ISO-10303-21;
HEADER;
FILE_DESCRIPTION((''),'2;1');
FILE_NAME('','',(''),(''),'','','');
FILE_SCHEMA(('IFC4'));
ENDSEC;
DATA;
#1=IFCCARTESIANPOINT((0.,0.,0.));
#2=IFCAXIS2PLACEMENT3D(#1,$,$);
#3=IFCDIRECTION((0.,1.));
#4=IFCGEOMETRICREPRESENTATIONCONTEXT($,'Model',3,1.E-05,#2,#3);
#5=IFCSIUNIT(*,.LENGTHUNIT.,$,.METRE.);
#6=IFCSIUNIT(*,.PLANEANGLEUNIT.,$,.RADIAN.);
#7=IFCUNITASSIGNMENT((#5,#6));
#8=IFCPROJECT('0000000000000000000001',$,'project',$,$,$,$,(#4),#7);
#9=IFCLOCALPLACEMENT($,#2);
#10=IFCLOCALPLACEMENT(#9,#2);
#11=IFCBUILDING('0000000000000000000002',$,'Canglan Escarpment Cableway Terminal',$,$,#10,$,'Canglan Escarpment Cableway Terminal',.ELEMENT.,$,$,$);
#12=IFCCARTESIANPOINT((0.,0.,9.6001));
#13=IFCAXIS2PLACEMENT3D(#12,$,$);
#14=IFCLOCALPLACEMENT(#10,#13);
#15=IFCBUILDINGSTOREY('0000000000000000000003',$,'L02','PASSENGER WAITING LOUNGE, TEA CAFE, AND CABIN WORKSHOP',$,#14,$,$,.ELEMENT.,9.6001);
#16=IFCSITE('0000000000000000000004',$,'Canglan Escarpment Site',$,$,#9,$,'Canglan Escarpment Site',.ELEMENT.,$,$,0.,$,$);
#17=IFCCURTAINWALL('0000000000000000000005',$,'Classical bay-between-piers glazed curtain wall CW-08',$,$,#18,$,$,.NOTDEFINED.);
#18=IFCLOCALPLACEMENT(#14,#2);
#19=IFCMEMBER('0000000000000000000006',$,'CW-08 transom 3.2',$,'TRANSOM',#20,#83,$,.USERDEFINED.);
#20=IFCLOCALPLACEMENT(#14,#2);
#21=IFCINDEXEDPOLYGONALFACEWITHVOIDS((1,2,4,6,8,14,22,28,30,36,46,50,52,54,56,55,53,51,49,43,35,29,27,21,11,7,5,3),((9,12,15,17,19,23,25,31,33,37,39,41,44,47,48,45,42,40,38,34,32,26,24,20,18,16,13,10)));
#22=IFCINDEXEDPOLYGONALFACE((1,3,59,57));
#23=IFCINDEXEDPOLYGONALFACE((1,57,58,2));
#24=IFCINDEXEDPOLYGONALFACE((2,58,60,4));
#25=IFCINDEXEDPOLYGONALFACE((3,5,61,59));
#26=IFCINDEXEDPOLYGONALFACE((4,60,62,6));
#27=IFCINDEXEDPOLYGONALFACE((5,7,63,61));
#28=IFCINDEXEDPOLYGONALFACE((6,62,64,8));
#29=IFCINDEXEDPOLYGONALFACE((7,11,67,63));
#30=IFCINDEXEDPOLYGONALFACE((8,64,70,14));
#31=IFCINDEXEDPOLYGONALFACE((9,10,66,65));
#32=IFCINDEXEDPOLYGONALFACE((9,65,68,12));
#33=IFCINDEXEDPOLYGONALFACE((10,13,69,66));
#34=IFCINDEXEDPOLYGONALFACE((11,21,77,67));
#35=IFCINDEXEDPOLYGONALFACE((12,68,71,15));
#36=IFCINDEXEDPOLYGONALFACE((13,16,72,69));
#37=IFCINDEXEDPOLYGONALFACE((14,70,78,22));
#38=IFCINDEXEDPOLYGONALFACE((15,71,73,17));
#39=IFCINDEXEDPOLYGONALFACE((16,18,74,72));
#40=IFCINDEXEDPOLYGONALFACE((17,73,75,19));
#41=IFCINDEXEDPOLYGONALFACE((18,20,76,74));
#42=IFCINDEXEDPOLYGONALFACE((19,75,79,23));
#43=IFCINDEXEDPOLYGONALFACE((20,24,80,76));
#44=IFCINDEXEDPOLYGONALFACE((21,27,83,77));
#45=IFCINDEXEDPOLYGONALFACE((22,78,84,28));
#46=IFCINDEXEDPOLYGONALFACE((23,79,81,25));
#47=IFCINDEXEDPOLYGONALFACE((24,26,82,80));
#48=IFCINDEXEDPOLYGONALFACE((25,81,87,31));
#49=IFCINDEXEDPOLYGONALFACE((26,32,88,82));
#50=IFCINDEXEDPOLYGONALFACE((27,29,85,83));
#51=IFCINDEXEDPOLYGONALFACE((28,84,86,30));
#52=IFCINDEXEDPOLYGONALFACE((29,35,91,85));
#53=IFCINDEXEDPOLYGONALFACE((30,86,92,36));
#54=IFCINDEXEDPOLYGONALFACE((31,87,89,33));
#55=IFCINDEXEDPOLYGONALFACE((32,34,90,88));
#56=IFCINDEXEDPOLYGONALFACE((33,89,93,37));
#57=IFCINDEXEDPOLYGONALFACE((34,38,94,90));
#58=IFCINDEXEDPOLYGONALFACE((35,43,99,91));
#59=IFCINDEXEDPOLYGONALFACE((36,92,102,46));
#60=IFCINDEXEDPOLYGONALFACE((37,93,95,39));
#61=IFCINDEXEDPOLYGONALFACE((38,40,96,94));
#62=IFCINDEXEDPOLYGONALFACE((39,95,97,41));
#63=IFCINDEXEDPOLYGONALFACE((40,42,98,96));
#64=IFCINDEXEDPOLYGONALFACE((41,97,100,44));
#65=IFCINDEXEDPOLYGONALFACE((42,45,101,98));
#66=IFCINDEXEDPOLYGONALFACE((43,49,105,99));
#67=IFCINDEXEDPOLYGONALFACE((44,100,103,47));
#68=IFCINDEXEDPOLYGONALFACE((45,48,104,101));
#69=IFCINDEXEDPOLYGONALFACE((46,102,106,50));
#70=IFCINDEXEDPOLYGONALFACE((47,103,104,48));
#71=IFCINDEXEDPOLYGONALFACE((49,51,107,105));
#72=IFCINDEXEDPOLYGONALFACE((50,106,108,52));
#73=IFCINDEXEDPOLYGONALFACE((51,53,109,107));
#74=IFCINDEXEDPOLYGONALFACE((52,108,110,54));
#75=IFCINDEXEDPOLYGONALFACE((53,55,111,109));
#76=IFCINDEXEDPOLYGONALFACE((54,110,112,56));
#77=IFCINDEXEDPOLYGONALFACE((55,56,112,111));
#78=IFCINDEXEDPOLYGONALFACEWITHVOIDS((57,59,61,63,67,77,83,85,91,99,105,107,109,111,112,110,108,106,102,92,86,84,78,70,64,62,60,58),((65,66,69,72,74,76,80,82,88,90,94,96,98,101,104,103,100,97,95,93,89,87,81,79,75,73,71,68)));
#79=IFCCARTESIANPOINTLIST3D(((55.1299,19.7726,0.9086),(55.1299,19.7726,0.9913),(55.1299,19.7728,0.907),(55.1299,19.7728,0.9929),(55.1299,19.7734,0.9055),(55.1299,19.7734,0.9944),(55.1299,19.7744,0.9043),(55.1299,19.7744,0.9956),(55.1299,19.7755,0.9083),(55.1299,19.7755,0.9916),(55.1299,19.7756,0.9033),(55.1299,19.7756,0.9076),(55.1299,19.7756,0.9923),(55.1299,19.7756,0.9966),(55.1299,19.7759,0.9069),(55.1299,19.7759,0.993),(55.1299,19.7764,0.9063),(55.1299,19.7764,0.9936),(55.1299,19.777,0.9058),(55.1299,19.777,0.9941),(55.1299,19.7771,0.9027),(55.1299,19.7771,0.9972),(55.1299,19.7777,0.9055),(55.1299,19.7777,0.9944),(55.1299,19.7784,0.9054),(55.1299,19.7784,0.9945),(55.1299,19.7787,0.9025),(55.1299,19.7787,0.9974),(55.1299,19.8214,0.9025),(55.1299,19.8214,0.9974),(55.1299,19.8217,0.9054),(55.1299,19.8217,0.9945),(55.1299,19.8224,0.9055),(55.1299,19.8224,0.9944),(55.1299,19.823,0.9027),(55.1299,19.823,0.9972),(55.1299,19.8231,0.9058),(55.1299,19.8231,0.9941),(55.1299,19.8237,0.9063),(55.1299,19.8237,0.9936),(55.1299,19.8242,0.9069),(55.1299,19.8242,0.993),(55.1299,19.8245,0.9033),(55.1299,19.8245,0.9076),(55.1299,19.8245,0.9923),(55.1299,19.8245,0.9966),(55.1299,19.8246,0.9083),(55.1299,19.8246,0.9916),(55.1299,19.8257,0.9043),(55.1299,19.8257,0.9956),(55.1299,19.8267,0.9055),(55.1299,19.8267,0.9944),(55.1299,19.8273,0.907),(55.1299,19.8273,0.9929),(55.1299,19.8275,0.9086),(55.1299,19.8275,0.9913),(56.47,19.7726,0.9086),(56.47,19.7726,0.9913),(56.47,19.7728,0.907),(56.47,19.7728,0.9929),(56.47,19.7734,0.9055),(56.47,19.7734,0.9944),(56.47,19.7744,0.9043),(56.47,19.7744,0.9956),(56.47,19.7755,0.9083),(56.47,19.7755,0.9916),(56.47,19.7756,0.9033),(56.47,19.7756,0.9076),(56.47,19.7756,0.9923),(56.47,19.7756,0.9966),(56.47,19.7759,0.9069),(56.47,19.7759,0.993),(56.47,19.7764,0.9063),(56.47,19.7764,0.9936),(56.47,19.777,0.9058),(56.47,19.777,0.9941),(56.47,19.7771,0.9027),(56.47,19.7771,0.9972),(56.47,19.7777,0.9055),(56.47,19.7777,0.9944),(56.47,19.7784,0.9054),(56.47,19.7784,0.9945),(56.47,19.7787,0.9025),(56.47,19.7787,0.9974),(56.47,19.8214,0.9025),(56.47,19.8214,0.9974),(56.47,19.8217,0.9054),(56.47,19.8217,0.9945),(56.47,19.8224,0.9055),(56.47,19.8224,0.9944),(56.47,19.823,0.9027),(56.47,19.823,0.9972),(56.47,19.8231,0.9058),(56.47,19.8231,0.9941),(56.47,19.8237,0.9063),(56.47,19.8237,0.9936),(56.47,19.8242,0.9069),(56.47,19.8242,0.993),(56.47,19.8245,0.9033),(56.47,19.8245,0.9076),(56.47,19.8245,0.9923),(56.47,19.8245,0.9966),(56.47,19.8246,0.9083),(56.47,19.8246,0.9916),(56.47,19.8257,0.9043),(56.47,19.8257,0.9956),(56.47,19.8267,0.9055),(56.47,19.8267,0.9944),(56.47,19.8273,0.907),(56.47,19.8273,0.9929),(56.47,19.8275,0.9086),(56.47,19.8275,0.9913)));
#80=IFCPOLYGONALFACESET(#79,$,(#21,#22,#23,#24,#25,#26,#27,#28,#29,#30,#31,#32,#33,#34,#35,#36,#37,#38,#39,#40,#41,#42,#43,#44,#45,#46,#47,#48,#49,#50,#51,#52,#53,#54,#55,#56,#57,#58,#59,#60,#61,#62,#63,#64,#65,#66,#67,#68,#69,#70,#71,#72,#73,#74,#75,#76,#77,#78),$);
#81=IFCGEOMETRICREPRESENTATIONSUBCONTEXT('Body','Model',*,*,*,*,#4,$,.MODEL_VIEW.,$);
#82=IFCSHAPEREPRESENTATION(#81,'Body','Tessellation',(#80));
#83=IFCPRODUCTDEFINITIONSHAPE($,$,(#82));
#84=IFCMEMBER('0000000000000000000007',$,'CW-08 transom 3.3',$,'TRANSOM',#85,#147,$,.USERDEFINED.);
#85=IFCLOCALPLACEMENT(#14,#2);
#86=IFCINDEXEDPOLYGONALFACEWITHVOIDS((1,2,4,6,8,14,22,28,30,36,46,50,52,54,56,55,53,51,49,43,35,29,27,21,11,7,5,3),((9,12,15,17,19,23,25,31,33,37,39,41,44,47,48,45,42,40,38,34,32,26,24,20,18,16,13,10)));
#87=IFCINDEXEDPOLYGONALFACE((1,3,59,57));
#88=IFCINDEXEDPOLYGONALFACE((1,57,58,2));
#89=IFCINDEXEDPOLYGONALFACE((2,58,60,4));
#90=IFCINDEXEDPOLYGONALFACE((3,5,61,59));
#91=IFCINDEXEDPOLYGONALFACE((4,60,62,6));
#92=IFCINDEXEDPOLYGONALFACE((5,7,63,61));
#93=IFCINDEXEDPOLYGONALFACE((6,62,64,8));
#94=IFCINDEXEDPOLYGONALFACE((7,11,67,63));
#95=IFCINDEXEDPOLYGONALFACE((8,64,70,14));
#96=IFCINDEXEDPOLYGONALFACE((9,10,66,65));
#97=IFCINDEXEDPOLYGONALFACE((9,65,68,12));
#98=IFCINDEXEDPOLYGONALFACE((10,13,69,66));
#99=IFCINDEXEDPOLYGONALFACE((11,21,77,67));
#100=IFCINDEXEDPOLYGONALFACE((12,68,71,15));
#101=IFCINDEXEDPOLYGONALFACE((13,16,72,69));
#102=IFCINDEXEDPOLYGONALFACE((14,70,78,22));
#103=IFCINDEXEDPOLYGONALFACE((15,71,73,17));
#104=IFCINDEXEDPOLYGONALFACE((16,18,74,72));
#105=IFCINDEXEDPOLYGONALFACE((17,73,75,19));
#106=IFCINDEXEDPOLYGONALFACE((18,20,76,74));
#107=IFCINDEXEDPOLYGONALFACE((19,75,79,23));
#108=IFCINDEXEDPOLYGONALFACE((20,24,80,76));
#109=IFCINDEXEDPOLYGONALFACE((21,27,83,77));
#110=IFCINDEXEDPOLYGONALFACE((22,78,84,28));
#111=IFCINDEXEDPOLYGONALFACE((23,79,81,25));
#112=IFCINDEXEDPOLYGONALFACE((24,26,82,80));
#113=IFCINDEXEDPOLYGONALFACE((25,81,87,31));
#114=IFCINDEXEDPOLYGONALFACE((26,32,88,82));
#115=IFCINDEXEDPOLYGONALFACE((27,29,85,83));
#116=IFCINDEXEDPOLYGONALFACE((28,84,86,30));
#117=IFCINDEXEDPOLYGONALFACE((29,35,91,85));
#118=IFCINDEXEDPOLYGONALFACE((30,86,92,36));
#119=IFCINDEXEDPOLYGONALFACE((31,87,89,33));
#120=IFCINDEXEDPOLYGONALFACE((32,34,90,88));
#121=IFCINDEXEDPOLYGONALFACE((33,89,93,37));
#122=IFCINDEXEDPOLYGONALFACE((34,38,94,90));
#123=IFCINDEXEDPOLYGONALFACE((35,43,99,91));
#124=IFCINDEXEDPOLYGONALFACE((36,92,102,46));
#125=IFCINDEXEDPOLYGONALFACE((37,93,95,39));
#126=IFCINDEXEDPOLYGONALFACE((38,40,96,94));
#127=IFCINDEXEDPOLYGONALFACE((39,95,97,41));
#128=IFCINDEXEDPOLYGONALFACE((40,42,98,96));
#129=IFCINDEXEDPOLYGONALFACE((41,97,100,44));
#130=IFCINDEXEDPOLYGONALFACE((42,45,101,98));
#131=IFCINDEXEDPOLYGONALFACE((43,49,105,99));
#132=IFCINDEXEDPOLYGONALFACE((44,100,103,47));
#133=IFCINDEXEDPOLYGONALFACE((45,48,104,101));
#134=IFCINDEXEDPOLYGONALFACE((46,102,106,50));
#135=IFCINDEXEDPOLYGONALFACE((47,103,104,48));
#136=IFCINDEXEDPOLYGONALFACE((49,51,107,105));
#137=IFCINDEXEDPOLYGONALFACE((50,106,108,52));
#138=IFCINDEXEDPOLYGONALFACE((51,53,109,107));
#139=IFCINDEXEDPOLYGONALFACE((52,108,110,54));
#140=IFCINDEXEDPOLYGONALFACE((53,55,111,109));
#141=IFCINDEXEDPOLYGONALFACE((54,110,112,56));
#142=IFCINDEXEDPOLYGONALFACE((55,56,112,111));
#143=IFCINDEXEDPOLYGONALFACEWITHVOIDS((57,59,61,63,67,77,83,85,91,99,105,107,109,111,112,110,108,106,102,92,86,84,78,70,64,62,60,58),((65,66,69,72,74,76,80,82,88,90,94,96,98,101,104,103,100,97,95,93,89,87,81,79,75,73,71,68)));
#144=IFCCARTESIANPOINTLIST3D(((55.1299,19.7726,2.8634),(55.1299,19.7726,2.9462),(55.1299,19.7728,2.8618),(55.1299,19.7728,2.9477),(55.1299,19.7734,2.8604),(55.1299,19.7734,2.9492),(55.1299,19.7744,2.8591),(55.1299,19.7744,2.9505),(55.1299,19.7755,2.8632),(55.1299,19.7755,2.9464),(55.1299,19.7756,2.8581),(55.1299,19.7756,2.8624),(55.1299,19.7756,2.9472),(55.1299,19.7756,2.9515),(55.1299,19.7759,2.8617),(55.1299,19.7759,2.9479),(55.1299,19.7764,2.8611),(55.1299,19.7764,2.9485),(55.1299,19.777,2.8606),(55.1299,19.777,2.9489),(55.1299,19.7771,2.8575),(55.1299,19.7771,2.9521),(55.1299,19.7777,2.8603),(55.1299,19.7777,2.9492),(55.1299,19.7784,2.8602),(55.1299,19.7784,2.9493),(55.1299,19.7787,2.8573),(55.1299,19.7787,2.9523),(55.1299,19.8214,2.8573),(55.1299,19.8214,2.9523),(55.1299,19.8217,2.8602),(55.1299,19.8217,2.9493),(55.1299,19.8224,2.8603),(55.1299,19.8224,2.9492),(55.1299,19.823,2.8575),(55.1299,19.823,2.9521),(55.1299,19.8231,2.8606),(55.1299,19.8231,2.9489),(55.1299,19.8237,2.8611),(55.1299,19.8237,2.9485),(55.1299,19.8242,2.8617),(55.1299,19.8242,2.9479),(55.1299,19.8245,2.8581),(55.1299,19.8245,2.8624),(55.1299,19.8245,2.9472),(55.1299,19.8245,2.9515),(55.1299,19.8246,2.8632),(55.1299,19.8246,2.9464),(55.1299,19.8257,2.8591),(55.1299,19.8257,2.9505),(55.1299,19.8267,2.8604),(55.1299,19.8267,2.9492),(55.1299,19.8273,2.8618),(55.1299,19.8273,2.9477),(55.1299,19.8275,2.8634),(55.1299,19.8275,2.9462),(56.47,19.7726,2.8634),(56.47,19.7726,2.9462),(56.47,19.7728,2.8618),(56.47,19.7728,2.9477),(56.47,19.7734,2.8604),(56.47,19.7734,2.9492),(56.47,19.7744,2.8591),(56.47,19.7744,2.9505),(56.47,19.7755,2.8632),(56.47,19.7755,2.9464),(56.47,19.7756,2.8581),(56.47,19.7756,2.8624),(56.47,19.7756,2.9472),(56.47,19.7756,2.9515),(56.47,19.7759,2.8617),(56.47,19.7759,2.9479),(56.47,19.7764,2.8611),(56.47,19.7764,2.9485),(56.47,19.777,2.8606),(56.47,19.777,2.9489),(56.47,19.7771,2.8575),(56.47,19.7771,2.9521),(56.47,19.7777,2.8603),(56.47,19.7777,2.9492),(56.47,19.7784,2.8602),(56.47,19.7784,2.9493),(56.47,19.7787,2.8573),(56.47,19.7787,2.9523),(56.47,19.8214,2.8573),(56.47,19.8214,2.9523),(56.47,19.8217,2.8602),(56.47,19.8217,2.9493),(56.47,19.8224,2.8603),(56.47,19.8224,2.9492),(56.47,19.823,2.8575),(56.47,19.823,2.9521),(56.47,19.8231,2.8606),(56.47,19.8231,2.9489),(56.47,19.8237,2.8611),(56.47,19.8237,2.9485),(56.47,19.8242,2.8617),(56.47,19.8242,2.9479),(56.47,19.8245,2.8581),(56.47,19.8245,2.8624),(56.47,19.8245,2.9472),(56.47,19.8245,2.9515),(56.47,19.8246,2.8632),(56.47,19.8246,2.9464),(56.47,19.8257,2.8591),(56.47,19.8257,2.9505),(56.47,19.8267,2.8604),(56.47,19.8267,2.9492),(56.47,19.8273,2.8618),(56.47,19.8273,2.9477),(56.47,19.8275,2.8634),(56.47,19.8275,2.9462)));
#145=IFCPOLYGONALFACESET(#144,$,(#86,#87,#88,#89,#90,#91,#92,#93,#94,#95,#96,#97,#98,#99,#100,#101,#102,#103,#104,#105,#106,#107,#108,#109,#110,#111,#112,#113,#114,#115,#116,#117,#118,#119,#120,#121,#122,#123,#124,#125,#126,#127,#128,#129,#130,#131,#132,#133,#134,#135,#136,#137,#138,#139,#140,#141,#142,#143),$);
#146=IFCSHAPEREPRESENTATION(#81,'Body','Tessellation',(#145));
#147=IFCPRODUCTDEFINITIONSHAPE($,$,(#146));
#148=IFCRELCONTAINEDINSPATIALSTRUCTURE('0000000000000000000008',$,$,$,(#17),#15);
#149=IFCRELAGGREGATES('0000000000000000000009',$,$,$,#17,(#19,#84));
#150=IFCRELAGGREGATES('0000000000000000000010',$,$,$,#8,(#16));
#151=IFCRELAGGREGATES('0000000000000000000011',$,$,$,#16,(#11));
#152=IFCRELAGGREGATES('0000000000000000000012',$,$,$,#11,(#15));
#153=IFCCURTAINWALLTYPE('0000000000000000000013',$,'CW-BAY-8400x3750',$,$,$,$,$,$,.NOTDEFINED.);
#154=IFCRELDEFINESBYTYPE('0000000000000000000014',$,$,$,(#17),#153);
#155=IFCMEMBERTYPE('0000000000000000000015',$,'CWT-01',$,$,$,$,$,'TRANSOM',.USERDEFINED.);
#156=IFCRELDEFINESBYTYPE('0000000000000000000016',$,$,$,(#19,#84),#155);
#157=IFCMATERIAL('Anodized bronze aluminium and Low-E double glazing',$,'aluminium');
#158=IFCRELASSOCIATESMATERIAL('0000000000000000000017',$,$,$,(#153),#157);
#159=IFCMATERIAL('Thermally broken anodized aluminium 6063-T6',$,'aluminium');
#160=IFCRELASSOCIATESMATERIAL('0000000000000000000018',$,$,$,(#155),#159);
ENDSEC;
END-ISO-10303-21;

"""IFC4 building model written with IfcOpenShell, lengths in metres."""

from ifc_helpers import new_model, si_unit, direction, frame, origin, origin_2d, place, context, subcontext, project, spatial, hollow_rectangle, extrude, material, material_profile, profile_set, type_object, element, aggregate, save


model = new_model("IFC4")

# Units and contexts
model_context = context("Model", 3, precision=1e-05, world=origin(), true_north=direction((0.0, 1.0)))
body_context = subcontext(model_context, "Body", "Model", "MODEL_VIEW")
ifc_project = project(units=[si_unit("LENGTHUNIT", "METRE"), si_unit("PLANEANGLEUNIT", "RADIAN")], contexts=[model_context])

# Site, building, storey
site_placement = place(None, origin())
site = spatial("IfcSite", under=ifc_project, at=site_placement, Name="Canglan Escarpment Site", LongName="Canglan Escarpment Site", CompositionType="ELEMENT", RefElevation=0.0)
building_placement = place(site_placement, origin())
building = spatial("IfcBuilding", under=site, at=building_placement, Name="Canglan Escarpment Cableway Terminal", LongName="Canglan Escarpment Cableway Terminal", CompositionType="ELEMENT")
storey_placement = place(building_placement, frame((0.0, 0.0, 9.6001)))
storey = spatial("IfcBuildingStorey", under=building, at=storey_placement, Name="L02", Description="PASSENGER WAITING LOUNGE, TEA CAFE, AND CABIN WORKSHOP", CompositionType="ELEMENT", Elevation=9.6001)

# Curtain wall, members
ifc_material_1 = material(Name="Anodized bronze aluminium and Low-E double glazing", Category="aluminium")
curtain_wall_type = type_object("IfcCurtainWallType", Name="CW-BAY-8400x3750", PredefinedType="NOTDEFINED", material=ifc_material_1)
curtain_wall_placement = place(storey_placement, origin())
curtain_wall = element("IfcCurtainWall", 1, at=curtain_wall_placement, inside=storey, type_object=curtain_wall_type, Name="Classical bay-between-piers glazed curtain wall CW-08", PredefinedType="NOTDEFINED")
ifc_material_2 = material(Name="Thermally broken anodized aluminium 6063-T6", Category="aluminium")
ifc_material_profile_1 = material_profile(ifc_material_2, hollow_rectangle(XDim=0.0549, YDim=0.095, WallThickness=0.0029, InnerFilletRadius=0.0029, OuterFilletRadius=0.0061, at=origin_2d()), Name="ALU-TRAN 55x95x3")
ifc_profile_set_1 = profile_set([ifc_material_profile_1], Name="Thermally broken anodized aluminium 6063-T6")
member_type_1 = type_object("IfcMemberType", Name="CWT-01", ElementType="TRANSOM", PredefinedType="USERDEFINED", material=ifc_profile_set_1)
member_1_placement = place(storey_placement, frame((56.47, 19.8, 0.95), z_axis=(-1.0, 0.0, 0.0), x_axis=(0.0, -1.0, 0.0)))
member_1 = element("IfcMember", 2, at=member_1_placement, type_object=member_type_1, Name="CW-08 transom 3.2", ObjectType="TRANSOM", PredefinedType="USERDEFINED", context=body_context, shape_type="SweptSolid", body=[
    extrude(hollow_rectangle(XDim=0.0549, YDim=0.095, WallThickness=0.0029, InnerFilletRadius=0.0029, OuterFilletRadius=0.0061, at=origin_2d()), origin(), (0.0, 0.0, 1.0), 1.3401),
])
member_2_placement = place(storey_placement, frame((56.47, 19.8, 2.9048), z_axis=(-1.0, 0.0, 0.0), x_axis=(0.0, -1.0, 0.0)))
member_2 = element("IfcMember", 3, at=member_2_placement, type_object=member_type_1, Name="CW-08 transom 3.3", ObjectType="TRANSOM", PredefinedType="USERDEFINED", context=body_context, shape_type="SweptSolid", body=[
    extrude(hollow_rectangle(XDim=0.0549, YDim=0.095, WallThickness=0.0029, InnerFilletRadius=0.0029, OuterFilletRadius=0.0061, at=origin_2d()), origin(), (0.0, 0.0, 1.0), 1.3401),
])
aggregate(curtain_wall, [member_1, member_2])

save(model, "model.ifc")
